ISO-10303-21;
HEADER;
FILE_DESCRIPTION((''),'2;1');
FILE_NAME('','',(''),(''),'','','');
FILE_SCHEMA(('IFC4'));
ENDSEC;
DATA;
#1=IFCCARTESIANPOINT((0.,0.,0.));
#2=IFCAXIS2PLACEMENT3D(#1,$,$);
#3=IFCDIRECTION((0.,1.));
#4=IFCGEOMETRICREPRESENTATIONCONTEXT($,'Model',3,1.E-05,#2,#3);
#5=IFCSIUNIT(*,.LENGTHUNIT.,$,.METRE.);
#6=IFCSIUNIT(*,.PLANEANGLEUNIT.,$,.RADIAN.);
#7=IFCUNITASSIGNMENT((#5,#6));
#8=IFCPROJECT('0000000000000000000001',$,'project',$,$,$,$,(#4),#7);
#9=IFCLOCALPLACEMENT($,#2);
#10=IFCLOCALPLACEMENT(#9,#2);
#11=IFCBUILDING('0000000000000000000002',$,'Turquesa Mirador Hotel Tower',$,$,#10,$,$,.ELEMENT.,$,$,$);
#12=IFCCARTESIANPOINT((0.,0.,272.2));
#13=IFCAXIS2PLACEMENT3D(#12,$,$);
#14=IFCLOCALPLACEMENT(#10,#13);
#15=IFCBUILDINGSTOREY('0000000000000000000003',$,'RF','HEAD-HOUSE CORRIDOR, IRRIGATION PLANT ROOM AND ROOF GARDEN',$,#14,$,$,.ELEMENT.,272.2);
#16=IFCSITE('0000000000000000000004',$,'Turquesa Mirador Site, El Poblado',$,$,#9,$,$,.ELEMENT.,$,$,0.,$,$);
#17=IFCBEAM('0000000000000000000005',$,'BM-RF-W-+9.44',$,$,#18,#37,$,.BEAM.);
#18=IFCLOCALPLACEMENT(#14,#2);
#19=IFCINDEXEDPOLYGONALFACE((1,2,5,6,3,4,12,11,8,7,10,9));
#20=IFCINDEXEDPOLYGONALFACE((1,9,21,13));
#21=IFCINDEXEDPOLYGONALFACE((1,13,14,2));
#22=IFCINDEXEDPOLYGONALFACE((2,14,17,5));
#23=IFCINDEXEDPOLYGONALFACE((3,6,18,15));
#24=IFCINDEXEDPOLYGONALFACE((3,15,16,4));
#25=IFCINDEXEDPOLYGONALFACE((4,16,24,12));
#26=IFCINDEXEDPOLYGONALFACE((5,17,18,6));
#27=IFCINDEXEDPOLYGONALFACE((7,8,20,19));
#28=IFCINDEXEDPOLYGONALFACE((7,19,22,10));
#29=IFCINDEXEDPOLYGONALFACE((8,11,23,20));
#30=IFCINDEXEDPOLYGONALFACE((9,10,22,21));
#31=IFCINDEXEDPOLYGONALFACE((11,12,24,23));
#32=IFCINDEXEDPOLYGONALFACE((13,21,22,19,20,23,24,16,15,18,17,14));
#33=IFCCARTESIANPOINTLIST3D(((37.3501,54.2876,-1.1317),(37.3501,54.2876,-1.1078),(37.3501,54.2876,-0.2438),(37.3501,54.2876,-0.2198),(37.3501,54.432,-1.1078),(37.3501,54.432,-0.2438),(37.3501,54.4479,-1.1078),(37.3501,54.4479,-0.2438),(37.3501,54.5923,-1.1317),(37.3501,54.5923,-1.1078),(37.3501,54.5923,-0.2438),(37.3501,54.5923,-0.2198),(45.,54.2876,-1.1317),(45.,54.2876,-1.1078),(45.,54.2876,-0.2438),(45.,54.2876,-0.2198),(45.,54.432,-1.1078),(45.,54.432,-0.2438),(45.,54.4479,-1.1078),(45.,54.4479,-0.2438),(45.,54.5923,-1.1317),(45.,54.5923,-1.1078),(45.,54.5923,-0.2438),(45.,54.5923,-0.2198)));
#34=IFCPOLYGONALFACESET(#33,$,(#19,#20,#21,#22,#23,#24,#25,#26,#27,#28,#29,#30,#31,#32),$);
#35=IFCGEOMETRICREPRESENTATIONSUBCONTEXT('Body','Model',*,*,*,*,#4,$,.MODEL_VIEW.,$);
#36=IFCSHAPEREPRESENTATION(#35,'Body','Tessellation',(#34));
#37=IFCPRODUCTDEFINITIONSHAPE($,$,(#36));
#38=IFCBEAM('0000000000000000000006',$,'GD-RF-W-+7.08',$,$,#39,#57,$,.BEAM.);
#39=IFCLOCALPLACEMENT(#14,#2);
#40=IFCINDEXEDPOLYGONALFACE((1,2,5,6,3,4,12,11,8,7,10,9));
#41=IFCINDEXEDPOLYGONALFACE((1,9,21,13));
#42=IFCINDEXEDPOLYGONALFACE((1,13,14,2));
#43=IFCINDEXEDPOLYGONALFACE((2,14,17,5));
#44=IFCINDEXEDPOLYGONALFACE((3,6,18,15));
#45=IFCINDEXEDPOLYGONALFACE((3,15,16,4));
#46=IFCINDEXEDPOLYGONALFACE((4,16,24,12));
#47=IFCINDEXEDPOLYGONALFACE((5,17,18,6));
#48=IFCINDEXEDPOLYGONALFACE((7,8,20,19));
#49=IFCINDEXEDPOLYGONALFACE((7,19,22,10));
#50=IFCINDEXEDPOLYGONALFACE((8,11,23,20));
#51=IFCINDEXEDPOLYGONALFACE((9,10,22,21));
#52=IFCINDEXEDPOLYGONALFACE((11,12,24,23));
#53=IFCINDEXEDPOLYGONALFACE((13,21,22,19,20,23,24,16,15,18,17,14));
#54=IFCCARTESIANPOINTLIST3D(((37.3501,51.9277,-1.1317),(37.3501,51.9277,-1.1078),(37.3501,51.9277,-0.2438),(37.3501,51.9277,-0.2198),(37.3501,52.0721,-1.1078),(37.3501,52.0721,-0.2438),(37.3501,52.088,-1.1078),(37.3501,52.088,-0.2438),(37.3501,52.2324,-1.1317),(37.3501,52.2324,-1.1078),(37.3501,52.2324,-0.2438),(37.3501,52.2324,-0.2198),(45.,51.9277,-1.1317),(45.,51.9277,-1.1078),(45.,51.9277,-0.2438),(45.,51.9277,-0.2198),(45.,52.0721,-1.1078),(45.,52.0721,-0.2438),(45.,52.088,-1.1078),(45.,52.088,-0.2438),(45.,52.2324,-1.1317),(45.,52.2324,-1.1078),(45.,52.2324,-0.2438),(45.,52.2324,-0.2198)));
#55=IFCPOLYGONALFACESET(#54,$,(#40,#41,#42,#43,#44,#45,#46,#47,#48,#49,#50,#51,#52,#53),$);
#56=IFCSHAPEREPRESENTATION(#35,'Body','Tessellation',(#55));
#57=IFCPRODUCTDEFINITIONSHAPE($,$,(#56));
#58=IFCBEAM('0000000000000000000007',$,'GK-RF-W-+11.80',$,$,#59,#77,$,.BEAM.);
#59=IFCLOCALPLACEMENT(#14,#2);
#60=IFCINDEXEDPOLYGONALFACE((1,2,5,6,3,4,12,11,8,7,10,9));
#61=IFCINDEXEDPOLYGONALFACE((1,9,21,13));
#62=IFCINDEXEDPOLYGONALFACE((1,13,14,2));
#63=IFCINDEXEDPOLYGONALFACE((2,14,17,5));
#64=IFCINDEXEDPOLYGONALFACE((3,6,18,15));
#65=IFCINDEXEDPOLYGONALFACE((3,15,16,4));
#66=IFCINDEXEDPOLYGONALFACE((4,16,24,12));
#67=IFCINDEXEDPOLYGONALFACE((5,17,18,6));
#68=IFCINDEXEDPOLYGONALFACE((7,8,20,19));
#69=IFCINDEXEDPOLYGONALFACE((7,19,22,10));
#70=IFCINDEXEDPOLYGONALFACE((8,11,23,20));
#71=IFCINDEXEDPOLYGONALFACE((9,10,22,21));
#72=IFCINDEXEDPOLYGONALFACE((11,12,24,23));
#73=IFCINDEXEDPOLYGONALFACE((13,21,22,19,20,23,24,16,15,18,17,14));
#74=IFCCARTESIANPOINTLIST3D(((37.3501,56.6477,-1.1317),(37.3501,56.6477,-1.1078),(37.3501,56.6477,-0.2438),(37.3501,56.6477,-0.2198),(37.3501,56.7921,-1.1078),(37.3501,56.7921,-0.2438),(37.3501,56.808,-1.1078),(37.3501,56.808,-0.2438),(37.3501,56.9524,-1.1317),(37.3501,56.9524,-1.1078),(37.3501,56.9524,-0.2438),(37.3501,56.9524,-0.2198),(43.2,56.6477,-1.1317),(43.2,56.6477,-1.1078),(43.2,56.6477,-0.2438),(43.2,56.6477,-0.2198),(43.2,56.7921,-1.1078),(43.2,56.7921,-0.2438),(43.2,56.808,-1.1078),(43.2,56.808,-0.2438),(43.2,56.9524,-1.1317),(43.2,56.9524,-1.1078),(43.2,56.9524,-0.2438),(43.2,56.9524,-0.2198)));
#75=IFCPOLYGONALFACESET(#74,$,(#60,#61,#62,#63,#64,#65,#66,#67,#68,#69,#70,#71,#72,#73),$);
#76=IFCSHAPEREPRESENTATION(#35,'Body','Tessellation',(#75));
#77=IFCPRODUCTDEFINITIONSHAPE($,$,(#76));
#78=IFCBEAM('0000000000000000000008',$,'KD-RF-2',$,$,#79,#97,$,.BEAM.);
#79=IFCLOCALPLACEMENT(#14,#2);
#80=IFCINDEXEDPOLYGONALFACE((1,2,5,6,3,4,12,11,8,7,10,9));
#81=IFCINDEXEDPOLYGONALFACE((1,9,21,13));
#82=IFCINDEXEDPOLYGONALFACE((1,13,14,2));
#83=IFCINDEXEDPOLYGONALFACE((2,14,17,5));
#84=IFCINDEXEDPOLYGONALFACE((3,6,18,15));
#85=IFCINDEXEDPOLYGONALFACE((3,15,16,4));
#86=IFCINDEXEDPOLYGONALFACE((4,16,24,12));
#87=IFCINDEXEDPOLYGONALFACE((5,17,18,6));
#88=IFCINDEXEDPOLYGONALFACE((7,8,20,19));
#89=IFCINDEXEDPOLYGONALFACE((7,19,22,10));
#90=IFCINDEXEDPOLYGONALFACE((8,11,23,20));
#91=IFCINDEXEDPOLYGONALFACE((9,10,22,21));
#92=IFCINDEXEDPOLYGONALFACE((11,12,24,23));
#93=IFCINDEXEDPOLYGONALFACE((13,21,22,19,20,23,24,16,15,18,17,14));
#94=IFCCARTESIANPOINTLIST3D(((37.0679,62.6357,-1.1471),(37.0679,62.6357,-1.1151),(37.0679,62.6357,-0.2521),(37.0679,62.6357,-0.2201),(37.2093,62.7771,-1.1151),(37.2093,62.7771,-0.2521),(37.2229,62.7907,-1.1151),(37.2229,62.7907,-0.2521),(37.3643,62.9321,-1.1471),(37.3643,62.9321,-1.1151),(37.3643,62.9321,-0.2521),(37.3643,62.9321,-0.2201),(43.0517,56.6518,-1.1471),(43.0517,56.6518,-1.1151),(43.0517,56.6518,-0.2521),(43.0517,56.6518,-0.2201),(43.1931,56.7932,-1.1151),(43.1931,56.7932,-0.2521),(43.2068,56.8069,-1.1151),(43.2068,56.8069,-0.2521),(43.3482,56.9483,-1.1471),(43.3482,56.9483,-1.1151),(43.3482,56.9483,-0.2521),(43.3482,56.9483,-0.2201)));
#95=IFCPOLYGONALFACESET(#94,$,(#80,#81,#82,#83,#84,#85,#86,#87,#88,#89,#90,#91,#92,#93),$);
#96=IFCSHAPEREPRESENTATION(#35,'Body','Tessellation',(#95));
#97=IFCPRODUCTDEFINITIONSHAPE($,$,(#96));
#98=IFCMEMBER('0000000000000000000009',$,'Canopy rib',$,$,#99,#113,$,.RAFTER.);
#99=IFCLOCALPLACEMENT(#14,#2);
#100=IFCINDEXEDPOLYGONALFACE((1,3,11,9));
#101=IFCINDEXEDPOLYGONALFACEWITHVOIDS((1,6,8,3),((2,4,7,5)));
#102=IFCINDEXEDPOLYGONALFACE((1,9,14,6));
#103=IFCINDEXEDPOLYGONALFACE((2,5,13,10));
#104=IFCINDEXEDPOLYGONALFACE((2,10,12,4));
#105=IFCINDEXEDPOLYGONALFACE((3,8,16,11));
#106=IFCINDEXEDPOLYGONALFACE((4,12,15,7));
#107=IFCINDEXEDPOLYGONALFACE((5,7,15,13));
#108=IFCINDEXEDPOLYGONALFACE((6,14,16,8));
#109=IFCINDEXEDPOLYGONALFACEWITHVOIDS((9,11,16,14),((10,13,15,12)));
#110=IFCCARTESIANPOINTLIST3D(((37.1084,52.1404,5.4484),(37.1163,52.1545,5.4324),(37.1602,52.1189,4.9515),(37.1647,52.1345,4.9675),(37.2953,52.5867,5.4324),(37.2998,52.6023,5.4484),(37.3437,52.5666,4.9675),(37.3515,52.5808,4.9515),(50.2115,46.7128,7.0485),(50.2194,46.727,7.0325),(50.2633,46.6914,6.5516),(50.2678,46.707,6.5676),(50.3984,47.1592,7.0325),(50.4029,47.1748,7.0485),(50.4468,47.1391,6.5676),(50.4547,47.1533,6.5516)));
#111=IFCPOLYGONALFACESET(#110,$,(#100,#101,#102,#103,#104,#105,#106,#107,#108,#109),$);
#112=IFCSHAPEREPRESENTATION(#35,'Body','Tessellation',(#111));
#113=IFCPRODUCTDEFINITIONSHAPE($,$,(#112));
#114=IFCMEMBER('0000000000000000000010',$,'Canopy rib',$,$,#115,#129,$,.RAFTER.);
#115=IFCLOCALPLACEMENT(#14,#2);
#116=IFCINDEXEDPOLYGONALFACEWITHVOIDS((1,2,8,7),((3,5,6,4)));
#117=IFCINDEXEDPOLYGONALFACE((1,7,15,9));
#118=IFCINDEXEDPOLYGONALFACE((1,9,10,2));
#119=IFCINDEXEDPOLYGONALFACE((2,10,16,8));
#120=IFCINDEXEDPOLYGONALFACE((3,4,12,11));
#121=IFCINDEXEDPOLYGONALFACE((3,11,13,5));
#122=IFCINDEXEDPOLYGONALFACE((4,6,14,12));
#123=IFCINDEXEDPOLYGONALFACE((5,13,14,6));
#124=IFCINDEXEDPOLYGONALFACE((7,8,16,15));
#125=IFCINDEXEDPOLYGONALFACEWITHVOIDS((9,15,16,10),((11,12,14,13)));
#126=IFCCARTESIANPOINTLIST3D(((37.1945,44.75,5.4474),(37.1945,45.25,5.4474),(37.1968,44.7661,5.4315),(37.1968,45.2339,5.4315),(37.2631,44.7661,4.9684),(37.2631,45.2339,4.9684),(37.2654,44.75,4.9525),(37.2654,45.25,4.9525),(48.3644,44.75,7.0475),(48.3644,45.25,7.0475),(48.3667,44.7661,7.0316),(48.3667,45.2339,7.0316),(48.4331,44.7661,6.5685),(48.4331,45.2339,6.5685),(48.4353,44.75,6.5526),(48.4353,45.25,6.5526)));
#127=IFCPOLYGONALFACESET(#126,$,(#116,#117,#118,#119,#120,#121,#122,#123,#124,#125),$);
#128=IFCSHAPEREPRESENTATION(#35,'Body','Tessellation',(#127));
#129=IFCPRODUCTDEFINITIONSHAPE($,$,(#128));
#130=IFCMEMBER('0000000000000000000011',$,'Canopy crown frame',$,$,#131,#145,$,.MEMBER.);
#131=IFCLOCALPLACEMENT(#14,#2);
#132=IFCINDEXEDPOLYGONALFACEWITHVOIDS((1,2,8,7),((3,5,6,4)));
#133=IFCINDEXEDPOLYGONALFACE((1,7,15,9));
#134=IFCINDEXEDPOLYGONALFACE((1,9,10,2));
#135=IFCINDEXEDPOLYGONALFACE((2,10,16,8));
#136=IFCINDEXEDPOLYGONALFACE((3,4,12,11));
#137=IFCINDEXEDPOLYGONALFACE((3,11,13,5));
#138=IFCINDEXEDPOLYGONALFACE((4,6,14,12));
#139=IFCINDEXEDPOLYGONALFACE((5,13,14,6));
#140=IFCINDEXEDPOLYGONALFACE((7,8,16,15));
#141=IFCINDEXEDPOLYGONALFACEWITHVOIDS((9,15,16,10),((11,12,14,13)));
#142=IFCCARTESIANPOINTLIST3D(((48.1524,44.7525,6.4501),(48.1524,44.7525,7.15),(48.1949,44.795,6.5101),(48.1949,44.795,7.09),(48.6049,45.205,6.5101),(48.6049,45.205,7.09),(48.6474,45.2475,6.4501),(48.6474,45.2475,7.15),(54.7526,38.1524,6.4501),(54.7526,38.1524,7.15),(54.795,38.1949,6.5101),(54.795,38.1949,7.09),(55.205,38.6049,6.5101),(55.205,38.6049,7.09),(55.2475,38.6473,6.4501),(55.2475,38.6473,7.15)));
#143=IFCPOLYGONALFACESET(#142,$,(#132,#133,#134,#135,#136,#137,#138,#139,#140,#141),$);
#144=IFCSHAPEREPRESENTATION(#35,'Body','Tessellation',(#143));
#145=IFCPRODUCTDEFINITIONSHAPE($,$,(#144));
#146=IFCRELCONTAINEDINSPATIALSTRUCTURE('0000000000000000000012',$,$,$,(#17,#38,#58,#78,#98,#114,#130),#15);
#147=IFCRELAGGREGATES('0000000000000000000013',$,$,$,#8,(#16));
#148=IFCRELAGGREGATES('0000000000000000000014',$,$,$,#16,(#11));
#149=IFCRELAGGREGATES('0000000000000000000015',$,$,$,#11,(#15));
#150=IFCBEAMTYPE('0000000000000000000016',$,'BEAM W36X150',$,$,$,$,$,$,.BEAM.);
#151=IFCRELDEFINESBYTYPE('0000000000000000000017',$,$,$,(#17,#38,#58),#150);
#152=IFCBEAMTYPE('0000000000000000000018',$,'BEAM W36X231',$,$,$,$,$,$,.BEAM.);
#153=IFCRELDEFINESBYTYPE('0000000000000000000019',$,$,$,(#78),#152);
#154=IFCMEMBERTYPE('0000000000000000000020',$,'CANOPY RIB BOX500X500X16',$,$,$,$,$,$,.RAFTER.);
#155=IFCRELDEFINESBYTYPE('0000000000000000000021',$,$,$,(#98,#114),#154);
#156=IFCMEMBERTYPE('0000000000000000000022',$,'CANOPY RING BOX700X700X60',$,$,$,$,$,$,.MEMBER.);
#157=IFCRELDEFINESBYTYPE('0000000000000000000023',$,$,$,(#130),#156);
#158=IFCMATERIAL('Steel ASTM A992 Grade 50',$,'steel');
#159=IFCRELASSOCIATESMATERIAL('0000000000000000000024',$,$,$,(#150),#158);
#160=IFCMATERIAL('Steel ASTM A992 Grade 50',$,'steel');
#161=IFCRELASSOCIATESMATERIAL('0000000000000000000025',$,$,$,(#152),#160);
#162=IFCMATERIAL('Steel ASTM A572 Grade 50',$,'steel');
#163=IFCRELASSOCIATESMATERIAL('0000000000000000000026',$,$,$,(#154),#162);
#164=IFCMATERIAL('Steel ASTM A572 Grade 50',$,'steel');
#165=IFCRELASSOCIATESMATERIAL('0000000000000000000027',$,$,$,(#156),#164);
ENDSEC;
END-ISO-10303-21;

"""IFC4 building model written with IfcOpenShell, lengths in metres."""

from ifc_helpers import new_model, si_unit, direction, frame, origin, origin_2d, place, context, subcontext, project, spatial, hollow_rectangle, i_section, extrude, material, material_profile, profile_set, type_object, element, save


model = new_model("IFC4")

# Units and contexts
model_context = context("Model", 3, precision=1e-05, world=origin(), true_north=direction((0.0, 1.0)))
body_context = subcontext(model_context, "Body", "Model", "MODEL_VIEW")
ifc_project = project(units=[si_unit("LENGTHUNIT", "METRE"), si_unit("PLANEANGLEUNIT", "RADIAN")], contexts=[model_context])

# Site, building, storey
site_placement = place(None, origin())
site = spatial("IfcSite", under=ifc_project, at=site_placement, Name="Turquesa Mirador Site, El Poblado", CompositionType="ELEMENT", RefElevation=0.0)
building_placement = place(site_placement, origin())
building = spatial("IfcBuilding", under=site, at=building_placement, Name="Turquesa Mirador Hotel Tower", CompositionType="ELEMENT")
storey_placement = place(building_placement, frame((0.0, 0.0, 272.2)))
storey = spatial("IfcBuildingStorey", under=building, at=storey_placement, Name="RF", Description="HEAD-HOUSE CORRIDOR, IRRIGATION PLANT ROOM AND ROOF GARDEN", CompositionType="ELEMENT", Elevation=272.2)

# Beams
ifc_material_1 = material(Name="Steel ASTM A992 Grade 50", Category="steel")
ifc_material_profile_1 = material_profile(ifc_material_1, i_section(OverallWidth=0.3047, OverallDepth=0.9119, WebThickness=0.0159, FlangeThickness=0.0239, at=origin_2d()), Name="W36X150")
ifc_profile_set_1 = profile_set([ifc_material_profile_1], Name="Steel ASTM A992 Grade 50")
beam_type_1 = type_object("IfcBeamType", Name="BEAM W36X150", PredefinedType="BEAM", material=ifc_profile_set_1)
for number, where, z_axis, x_axis, name in (
    (1, (37.3501, 54.4399, -0.6758), (1.0, 0.0, 0.0), (0.0, 1.0, 0.0), "BM-RF-W-+9.44"),
    (2, (37.3501, 52.0801, -0.6758), (1.0, 0.0, 0.0), (0.0, 1.0, 0.0), "GD-RF-W-+7.08"),
):
    element("IfcBeam", number, at=place(storey_placement, frame(where, z_axis=z_axis, x_axis=x_axis)), inside=storey, type_object=beam_type_1, Name=name, PredefinedType="BEAM", context=body_context, shape_type="SweptSolid", body=[
        extrude(i_section(OverallWidth=0.3047, OverallDepth=0.9119, WebThickness=0.0159, FlangeThickness=0.0239, at=origin_2d()), origin(), (0.0, 0.0, 1.0), 7.6499),
    ])
beam_1_placement = place(storey_placement, frame((37.3501, 56.8, -0.6758), z_axis=(1.0, 0.0, 0.0), x_axis=(0.0, 1.0, 0.0)))
element("IfcBeam", 3, at=beam_1_placement, inside=storey, type_object=beam_type_1, Name="GK-RF-W-+11.80", PredefinedType="BEAM", context=body_context, shape_type="SweptSolid", body=[
    extrude(i_section(OverallWidth=0.3047, OverallDepth=0.9119, WebThickness=0.0159, FlangeThickness=0.0239, at=origin_2d()), origin(), (0.0, 0.0, 1.0), 5.8499),
])
ifc_material_2 = material(Name="Steel ASTM A992 Grade 50", Category="steel")
ifc_material_profile_2 = material_profile(ifc_material_2, i_section(OverallWidth=0.4192, OverallDepth=0.927, WebThickness=0.0193, FlangeThickness=0.032, at=origin_2d()), Name="W36X231")
ifc_profile_set_2 = profile_set([ifc_material_profile_2], Name="Steel ASTM A992 Grade 50")
beam_type_2 = type_object("IfcBeamType", Name="BEAM W36X231", PredefinedType="BEAM", material=ifc_profile_set_2)
beam_2_placement = place(storey_placement, frame((43.2, 56.8, -0.6836), z_axis=(-0.707107, 0.707107, 0.0), x_axis=(-0.707107, -0.707107, 0.0)))
element("IfcBeam", 4, at=beam_2_placement, inside=storey, type_object=beam_type_2, Name="KD-RF-2", PredefinedType="BEAM", context=body_context, shape_type="SweptSolid", body=[
    extrude(i_section(OverallWidth=0.4192, OverallDepth=0.927, WebThickness=0.0193, FlangeThickness=0.032, at=origin_2d()), origin(), (0.0, 0.0, 1.0), 8.4624),
])

# Members
ifc_material_3 = material(Name="Steel ASTM A572 Grade 50", Category="steel")
ifc_material_profile_3 = material_profile(ifc_material_3, hollow_rectangle(XDim=0.5, YDim=0.5, WallThickness=0.0161, at=origin_2d()), Name="BOX500X500X16")
ifc_profile_set_3 = profile_set([ifc_material_profile_3], Name="Steel ASTM A572 Grade 50")
member_type_1 = type_object("IfcMemberType", Name="CANOPY RIB BOX500X500X16", PredefinedType="RAFTER", material=ifc_profile_set_3)
member_1_placement = place(storey_placement, frame((37.23, 52.3606, 5.2), z_axis=(0.918054, -0.380273, 0.11211), x_axis=(0.382686, 0.923879, 0.0)))
element("IfcMember", 5, at=member_1_placement, inside=storey, type_object=member_type_1, Name="Canopy rib", PredefinedType="RAFTER", context=body_context, shape_type="SweptSolid", body=[
    extrude(hollow_rectangle(XDim=0.5, YDim=0.5, WallThickness=0.0161, at=origin_2d()), origin(), (0.0, 0.0, 1.0), 14.2727),
])
member_2_placement = place(storey_placement, frame((37.23, 45.0, 5.2), z_axis=(0.989895, 0.0, 0.141803), x_axis=(0.0, 1.0, 0.0)))
element("IfcMember", 6, at=member_2_placement, inside=storey, type_object=member_type_1, Name="Canopy rib", PredefinedType="RAFTER", context=body_context, shape_type="SweptSolid", body=[
    extrude(hollow_rectangle(XDim=0.5, YDim=0.5, WallThickness=0.0161, at=origin_2d()), origin(), (0.0, 0.0, 1.0), 11.2839),
])
ifc_material_4 = material(Name="Steel ASTM A572 Grade 50", Category="steel")
ifc_material_profile_4 = material_profile(ifc_material_4, hollow_rectangle(XDim=0.7, YDim=0.7, WallThickness=0.0601, at=origin_2d()), Name="BOX700X700X60")
ifc_profile_set_4 = profile_set([ifc_material_profile_4], Name="Steel ASTM A572 Grade 50")
member_type_2 = type_object("IfcMemberType", Name="CANOPY RING BOX700X700X60", PredefinedType="MEMBER", material=ifc_profile_set_4)
member_3_placement = place(storey_placement, frame((48.3999, 45.0, 6.8), z_axis=(0.707107, -0.707107, 0.0), x_axis=(0.707107, 0.707107, 0.0)))
element("IfcMember", 7, at=member_3_placement, inside=storey, type_object=member_type_2, Name="Canopy crown frame", PredefinedType="MEMBER", context=body_context, shape_type="SweptSolid", body=[
    extrude(hollow_rectangle(XDim=0.7, YDim=0.7, WallThickness=0.0601, at=origin_2d()), origin(), (0.0, 0.0, 1.0), 9.334),
])

save(model, "model.ifc")
